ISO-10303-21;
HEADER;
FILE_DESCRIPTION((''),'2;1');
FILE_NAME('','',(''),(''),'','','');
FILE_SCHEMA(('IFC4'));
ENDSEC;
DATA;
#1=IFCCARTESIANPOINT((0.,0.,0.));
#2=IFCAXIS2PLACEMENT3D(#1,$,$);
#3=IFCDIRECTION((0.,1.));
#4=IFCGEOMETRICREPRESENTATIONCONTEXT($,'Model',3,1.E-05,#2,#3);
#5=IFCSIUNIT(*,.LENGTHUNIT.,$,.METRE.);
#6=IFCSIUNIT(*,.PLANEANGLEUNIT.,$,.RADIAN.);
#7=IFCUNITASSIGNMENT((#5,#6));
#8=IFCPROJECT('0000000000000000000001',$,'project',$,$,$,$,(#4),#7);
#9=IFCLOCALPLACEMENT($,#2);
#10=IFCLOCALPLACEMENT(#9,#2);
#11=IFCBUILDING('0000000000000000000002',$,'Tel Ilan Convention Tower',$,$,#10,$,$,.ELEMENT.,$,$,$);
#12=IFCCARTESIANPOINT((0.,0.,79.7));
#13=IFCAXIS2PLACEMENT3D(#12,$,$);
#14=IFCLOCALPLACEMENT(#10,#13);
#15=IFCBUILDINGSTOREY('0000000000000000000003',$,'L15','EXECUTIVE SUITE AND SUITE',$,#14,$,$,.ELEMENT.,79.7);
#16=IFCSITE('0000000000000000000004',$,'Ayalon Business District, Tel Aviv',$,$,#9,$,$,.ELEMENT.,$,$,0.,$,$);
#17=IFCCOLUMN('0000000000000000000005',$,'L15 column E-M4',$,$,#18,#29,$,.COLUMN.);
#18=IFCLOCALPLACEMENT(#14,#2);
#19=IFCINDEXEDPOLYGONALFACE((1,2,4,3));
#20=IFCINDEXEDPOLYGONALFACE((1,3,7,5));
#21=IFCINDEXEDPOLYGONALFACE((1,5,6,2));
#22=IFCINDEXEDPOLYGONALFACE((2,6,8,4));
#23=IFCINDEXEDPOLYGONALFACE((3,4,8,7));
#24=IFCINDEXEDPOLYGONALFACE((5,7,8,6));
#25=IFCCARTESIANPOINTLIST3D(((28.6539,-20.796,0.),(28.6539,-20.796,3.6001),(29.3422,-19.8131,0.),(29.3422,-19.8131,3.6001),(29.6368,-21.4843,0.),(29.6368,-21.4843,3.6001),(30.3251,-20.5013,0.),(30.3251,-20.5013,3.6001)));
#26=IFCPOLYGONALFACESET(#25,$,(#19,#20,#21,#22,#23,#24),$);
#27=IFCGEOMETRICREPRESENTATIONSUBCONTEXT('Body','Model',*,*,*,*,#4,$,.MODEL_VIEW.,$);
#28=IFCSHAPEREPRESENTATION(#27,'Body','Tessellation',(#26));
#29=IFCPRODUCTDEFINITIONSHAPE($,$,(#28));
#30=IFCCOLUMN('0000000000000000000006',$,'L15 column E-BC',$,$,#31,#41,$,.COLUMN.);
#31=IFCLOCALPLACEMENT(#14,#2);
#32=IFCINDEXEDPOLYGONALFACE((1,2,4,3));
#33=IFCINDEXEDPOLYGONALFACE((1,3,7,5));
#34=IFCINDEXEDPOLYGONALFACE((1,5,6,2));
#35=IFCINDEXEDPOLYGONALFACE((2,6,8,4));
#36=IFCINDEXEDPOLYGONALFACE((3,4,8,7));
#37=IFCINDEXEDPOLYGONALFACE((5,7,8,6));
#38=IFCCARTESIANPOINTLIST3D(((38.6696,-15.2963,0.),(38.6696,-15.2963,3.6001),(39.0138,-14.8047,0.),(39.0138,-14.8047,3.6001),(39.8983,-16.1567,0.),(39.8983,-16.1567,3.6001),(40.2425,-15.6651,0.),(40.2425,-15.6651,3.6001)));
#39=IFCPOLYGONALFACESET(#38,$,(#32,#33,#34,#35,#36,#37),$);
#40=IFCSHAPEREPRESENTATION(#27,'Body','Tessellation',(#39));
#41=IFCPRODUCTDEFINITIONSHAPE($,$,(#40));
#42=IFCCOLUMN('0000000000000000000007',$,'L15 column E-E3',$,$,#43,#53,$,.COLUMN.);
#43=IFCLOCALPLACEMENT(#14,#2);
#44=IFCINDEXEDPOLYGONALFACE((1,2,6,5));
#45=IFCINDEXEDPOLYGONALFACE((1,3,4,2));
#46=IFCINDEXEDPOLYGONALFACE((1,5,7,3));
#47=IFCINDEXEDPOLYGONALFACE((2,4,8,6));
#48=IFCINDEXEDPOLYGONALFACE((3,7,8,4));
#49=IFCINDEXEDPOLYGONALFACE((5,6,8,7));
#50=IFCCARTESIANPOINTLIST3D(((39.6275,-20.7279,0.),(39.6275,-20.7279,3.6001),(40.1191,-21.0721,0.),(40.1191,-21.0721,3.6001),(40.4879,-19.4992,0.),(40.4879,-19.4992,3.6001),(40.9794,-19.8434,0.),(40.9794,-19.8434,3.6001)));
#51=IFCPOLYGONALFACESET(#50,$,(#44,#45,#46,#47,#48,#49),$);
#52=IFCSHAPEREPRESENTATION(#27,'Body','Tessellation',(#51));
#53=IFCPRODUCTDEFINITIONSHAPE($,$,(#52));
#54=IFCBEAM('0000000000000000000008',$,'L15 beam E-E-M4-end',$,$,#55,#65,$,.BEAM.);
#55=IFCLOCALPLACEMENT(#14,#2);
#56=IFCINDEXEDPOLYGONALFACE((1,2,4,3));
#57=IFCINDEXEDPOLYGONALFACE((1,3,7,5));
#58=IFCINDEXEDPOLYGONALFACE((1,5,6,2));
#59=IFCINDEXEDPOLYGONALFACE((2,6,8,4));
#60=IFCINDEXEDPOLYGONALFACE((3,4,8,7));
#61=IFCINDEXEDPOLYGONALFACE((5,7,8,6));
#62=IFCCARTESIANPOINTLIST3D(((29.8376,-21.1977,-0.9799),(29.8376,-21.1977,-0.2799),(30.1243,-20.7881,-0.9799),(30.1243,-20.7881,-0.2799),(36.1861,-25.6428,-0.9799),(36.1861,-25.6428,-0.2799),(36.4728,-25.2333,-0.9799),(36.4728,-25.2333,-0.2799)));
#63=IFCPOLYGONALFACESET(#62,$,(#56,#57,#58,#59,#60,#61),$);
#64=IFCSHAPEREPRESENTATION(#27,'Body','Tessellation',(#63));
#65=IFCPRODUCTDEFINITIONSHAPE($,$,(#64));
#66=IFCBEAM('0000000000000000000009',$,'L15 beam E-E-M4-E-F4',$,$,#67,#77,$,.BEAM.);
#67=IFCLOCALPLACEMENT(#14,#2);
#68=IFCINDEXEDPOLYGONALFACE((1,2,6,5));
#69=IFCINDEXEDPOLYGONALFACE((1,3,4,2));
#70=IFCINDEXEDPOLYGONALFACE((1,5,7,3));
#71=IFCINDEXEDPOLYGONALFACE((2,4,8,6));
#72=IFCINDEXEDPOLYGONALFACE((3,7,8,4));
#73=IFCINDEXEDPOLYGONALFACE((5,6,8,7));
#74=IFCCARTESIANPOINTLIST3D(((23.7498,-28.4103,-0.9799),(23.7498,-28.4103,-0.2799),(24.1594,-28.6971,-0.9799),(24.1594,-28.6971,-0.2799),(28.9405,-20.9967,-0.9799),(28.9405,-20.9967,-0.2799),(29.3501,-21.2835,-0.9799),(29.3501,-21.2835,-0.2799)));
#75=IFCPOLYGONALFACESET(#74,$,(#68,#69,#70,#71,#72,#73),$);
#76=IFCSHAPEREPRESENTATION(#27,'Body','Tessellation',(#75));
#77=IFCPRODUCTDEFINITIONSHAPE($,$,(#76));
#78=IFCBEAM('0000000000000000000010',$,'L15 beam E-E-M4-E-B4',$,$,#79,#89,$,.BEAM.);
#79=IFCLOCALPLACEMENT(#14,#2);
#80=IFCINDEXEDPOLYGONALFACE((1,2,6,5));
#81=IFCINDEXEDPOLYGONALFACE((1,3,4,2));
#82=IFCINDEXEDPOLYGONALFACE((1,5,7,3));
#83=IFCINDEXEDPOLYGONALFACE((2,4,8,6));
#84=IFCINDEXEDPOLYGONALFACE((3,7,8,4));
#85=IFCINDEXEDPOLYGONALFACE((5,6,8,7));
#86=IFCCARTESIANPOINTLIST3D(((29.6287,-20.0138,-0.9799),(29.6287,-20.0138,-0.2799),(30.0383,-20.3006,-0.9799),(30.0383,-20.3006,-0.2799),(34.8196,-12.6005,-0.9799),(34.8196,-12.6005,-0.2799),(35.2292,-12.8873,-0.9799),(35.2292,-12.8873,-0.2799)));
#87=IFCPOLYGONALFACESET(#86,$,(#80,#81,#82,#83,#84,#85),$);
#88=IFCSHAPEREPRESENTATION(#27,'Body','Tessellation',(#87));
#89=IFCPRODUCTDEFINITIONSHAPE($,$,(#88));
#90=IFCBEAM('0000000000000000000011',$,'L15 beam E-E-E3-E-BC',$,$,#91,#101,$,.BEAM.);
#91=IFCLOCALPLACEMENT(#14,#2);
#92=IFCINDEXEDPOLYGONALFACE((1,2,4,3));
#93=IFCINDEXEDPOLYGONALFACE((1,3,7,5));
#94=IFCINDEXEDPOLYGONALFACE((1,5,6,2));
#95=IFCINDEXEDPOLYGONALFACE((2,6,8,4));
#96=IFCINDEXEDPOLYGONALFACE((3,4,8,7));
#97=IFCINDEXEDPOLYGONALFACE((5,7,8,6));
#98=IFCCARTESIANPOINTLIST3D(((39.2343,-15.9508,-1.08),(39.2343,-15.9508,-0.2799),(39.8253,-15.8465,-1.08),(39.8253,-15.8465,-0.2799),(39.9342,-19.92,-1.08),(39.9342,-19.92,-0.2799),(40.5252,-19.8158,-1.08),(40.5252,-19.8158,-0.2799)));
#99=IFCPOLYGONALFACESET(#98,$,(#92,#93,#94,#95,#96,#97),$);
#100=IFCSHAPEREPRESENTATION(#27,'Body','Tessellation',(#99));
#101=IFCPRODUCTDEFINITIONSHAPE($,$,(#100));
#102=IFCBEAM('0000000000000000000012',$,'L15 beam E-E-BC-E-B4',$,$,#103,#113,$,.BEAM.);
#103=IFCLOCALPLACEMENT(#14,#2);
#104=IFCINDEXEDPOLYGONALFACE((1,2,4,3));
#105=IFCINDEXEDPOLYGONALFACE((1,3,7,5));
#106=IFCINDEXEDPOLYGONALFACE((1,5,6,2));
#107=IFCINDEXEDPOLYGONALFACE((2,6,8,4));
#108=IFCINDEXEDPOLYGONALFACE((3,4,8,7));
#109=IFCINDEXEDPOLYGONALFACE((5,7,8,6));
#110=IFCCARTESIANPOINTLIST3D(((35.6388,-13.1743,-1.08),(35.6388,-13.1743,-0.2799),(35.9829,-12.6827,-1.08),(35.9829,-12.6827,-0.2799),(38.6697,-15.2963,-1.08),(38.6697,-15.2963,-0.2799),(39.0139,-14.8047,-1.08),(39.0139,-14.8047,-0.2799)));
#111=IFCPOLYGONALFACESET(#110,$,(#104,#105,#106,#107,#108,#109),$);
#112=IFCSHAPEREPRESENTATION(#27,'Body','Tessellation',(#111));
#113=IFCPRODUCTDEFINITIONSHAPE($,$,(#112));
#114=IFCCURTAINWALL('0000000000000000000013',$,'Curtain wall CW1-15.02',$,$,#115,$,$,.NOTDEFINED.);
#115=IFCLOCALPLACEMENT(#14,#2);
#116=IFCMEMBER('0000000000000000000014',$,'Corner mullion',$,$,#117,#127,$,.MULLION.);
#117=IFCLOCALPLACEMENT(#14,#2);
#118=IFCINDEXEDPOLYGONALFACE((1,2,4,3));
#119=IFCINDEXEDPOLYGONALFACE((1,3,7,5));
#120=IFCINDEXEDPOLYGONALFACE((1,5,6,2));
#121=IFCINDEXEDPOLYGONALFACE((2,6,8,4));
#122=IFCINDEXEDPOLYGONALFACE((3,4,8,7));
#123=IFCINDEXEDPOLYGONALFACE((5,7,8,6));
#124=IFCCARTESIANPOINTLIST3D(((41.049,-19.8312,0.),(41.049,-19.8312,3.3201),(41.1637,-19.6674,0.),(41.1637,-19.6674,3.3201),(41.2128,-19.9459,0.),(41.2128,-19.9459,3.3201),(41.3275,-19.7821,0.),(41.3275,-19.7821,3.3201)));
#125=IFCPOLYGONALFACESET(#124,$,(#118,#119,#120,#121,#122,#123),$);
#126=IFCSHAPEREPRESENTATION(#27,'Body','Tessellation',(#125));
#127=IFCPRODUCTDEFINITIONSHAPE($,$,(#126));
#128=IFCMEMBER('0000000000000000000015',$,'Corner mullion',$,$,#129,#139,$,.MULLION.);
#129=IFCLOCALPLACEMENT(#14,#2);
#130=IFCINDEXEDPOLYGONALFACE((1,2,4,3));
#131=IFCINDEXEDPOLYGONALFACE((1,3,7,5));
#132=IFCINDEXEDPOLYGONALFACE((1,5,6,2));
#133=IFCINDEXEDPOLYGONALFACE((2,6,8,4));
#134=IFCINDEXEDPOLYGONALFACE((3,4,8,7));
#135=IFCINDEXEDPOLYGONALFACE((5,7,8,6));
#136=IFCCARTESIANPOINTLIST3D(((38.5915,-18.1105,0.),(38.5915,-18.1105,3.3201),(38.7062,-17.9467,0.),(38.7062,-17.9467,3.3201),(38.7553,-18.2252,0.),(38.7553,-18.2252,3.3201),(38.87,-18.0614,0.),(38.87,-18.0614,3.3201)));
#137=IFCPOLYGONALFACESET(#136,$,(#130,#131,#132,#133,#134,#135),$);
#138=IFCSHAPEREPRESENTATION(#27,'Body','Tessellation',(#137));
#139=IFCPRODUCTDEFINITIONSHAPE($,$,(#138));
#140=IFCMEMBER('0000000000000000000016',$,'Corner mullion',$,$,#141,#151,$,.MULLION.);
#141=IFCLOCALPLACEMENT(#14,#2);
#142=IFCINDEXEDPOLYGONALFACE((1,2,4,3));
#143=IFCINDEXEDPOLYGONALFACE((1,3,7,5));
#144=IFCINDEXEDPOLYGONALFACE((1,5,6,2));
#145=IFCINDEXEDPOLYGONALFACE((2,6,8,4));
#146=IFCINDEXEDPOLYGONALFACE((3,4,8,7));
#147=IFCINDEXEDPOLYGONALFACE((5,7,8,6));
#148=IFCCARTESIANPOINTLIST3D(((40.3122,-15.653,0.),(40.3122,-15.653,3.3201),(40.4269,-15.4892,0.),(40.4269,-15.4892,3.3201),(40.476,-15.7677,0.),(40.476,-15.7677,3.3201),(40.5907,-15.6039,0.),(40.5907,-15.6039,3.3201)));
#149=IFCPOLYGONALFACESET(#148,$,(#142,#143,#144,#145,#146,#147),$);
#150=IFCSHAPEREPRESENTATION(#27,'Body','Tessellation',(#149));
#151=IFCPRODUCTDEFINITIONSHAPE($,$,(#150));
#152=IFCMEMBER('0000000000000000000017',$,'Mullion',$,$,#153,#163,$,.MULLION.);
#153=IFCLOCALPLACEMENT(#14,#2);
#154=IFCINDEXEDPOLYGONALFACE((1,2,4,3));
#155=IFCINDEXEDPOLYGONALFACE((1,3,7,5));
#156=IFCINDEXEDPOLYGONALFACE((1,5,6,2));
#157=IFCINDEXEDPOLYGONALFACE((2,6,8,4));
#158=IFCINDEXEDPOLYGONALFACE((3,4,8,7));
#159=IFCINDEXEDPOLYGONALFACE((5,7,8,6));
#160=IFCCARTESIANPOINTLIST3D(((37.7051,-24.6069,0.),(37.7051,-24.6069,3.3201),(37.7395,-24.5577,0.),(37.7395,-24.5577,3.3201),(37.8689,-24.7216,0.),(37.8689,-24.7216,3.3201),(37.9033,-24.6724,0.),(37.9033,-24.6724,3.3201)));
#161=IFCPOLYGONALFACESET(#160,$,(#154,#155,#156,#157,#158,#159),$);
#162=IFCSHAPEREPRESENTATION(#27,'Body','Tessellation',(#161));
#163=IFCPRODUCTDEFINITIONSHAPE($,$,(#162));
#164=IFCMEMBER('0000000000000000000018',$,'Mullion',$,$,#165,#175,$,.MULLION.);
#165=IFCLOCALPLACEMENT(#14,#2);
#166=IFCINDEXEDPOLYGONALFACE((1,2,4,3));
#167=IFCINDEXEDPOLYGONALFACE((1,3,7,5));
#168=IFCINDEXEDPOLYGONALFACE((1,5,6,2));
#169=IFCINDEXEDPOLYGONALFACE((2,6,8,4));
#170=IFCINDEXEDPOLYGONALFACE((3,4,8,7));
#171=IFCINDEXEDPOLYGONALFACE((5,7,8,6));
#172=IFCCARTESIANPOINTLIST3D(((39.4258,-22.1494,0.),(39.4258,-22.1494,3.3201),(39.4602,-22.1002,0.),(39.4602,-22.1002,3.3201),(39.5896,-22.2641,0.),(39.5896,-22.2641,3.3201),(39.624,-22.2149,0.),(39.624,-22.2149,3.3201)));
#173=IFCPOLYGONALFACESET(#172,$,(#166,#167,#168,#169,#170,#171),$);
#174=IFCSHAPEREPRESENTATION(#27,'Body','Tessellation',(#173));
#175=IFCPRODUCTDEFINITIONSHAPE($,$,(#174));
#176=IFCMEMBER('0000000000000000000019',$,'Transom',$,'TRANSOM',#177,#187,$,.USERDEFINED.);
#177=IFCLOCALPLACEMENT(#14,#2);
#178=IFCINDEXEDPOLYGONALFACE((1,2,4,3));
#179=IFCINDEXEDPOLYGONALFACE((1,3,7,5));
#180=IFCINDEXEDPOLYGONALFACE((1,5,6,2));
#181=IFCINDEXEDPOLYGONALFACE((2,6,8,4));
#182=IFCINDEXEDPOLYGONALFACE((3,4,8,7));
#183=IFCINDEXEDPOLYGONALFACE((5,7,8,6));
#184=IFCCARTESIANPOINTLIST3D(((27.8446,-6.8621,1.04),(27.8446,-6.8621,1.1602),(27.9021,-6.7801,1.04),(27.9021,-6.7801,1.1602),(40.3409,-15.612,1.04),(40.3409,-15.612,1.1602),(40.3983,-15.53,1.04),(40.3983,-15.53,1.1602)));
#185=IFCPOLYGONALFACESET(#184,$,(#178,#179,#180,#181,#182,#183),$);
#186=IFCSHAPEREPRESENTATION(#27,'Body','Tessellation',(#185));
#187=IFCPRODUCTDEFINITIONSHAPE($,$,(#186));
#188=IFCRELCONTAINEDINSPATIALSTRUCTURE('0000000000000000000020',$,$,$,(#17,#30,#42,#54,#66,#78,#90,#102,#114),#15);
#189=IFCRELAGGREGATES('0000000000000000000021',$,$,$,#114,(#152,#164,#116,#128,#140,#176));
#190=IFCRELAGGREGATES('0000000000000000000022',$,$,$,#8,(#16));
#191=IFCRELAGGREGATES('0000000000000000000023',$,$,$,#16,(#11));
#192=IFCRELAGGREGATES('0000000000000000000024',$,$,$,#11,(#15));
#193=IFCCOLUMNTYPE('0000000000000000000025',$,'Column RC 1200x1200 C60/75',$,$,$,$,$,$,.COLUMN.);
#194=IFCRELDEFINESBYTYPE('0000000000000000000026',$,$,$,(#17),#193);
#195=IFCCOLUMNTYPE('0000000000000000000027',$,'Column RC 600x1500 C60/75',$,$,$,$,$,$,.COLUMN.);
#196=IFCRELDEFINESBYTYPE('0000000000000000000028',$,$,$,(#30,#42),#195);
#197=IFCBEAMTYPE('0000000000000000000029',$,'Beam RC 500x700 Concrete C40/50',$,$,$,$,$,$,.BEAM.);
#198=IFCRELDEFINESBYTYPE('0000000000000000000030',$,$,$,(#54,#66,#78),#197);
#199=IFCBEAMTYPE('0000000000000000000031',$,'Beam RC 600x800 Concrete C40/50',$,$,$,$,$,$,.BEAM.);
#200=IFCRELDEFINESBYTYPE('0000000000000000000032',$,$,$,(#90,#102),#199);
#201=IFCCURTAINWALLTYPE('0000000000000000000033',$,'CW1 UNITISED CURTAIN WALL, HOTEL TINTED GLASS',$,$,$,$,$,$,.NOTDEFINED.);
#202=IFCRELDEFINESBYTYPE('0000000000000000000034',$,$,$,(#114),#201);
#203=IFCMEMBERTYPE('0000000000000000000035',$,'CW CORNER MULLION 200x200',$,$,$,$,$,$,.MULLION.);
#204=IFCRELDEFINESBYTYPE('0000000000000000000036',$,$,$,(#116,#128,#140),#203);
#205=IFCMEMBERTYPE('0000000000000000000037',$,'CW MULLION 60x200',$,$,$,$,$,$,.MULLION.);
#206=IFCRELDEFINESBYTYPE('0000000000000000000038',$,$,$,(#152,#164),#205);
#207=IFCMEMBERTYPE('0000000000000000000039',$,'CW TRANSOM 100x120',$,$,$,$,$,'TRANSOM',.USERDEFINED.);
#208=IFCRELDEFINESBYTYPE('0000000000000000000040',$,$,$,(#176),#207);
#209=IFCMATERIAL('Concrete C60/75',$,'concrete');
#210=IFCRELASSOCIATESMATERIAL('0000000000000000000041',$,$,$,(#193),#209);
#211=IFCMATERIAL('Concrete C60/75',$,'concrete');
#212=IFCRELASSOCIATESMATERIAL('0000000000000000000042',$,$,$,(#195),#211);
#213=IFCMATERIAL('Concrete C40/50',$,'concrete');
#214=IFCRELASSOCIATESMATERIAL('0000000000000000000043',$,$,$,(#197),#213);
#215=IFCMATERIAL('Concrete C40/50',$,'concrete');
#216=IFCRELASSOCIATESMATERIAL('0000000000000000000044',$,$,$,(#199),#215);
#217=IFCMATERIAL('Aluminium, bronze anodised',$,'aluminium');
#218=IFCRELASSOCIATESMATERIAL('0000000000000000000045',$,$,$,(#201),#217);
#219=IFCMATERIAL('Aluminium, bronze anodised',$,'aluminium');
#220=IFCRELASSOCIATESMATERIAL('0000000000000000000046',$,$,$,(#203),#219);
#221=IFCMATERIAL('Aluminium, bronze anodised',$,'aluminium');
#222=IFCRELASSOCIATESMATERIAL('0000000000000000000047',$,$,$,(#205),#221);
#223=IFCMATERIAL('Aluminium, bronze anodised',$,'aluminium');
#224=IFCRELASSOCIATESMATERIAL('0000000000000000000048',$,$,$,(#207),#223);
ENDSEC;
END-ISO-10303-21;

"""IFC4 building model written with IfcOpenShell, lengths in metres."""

from ifc_helpers import new_model, si_unit, direction, frame, origin, origin_2d, place, context, subcontext, project, spatial, rectangle, extrude, material, material_profile, profile_set, type_object, element, aggregate, save


model = new_model("IFC4")

# Units and contexts
model_context = context("Model", 3, precision=1e-05, world=origin(), true_north=direction((0.0, 1.0)))
body_context = subcontext(model_context, "Body", "Model", "MODEL_VIEW")
ifc_project = project(units=[si_unit("LENGTHUNIT", "METRE"), si_unit("PLANEANGLEUNIT", "RADIAN")], contexts=[model_context])

# Site, building, storey
site_placement = place(None, origin())
site = spatial("IfcSite", under=ifc_project, at=site_placement, Name="Ayalon Business District, Tel Aviv", CompositionType="ELEMENT", RefElevation=0.0)
building_placement = place(site_placement, origin())
building = spatial("IfcBuilding", under=site, at=building_placement, Name="Tel Ilan Convention Tower", CompositionType="ELEMENT")
storey_placement = place(building_placement, frame((0.0, 0.0, 79.7)))
storey = spatial("IfcBuildingStorey", under=building, at=storey_placement, Name="L15", Description="EXECUTIVE SUITE AND SUITE", CompositionType="ELEMENT", Elevation=79.7)

# Columns
ifc_material_1 = material(Name="Concrete C60/75", Category="concrete")
ifc_material_profile_1 = material_profile(ifc_material_1, rectangle(XDim=1.2, YDim=1.2, at=origin_2d()), Name="RC 1200x1200")
ifc_profile_set_1 = profile_set([ifc_material_profile_1], Name="Concrete C60/75")
column_type_1 = type_object("IfcColumnType", Name="Column RC 1200x1200 C60/75", PredefinedType="COLUMN", material=ifc_profile_set_1)
column_placement = place(storey_placement, frame((29.4895, -20.6487, 0.0), z_axis=(0.0, 0.0, 1.0), x_axis=(0.819152, -0.573576, 0.0)))
element("IfcColumn", 1, at=column_placement, inside=storey, type_object=column_type_1, Name="L15 column E-M4", PredefinedType="COLUMN", context=body_context, shape_type="SweptSolid", body=[
    extrude(rectangle(XDim=1.2, YDim=1.2, at=origin_2d()), origin(), (0.0, 0.0, 1.0), 3.6001),
])
ifc_material_2 = material(Name="Concrete C60/75", Category="concrete")
ifc_material_profile_2 = material_profile(ifc_material_2, rectangle(XDim=1.5, YDim=0.6001, at=origin_2d()), Name="RC 600x1500")
ifc_profile_set_2 = profile_set([ifc_material_profile_2], Name="Concrete C60/75")
column_type_2 = type_object("IfcColumnType", Name="Column RC 600x1500 C60/75", PredefinedType="COLUMN", material=ifc_profile_set_2)
for number, where, z_axis, x_axis, name in (
    (2, (39.4561, -15.4807, 0.0), (0.0, 0.0, 1.0), (0.819152, -0.573576, 0.0), "L15 column E-BC"),
    (3, (40.3035, -20.2856, 0.0), (0.0, 0.0, 1.0), (0.573576, 0.819152, 0.0), "L15 column E-E3"),
):
    element("IfcColumn", number, at=place(storey_placement, frame(where, z_axis=z_axis, x_axis=x_axis)), inside=storey, type_object=column_type_2, Name=name, PredefinedType="COLUMN", context=body_context, shape_type="SweptSolid", body=[
        extrude(rectangle(XDim=1.5, YDim=0.6001, at=origin_2d()), origin(), (0.0, 0.0, 1.0), 3.6001),
    ])

# Beams
ifc_material_3 = material(Name="Concrete C40/50", Category="concrete")
ifc_material_profile_3 = material_profile(ifc_material_3, rectangle(XDim=0.5, YDim=0.7, at=origin_2d()), Name="RC 500x700")
ifc_profile_set_3 = profile_set([ifc_material_profile_3], Name="Concrete C40/50")
beam_type_1 = type_object("IfcBeamType", Name="Beam RC 500x700 Concrete C40/50", PredefinedType="BEAM", material=ifc_profile_set_3)
beam_1_placement = place(storey_placement, frame((29.981, -20.9929, -0.6299), z_axis=(0.819159, -0.573566, 0.0), x_axis=(0.573566, 0.819159, 0.0)))
element("IfcBeam", 4, at=beam_1_placement, inside=storey, type_object=beam_type_1, Name="L15 beam E-E-M4-end", PredefinedType="BEAM", context=body_context, shape_type="SweptSolid", body=[
    extrude(rectangle(XDim=0.5, YDim=0.7, at=origin_2d()), origin(), (0.0, 0.0, 1.0), 7.75),
])
for number, where, z_axis, x_axis, name in (
    (5, (29.1453, -21.1401, -0.6299), (-0.573549, -0.819171, 0.0), (0.819171, -0.573549, 0.0), "L15 beam E-E-M4-E-F4"),
    (6, (29.8335, -20.1572, -0.6299), (0.57358, 0.81915, 0.0), (-0.81915, 0.57358, 0.0), "L15 beam E-E-M4-E-B4"),
):
    element("IfcBeam", number, at=place(storey_placement, frame(where, z_axis=z_axis, x_axis=x_axis)), inside=storey, type_object=beam_type_1, Name=name, PredefinedType="BEAM", context=body_context, shape_type="SweptSolid", body=[
        extrude(rectangle(XDim=0.5, YDim=0.7, at=origin_2d()), origin(), (0.0, 0.0, 1.0), 9.05),
    ])
ifc_material_4 = material(Name="Concrete C40/50", Category="concrete")
ifc_material_profile_4 = material_profile(ifc_material_4, rectangle(XDim=0.6001, YDim=0.8, at=origin_2d()), Name="RC 600x800")
ifc_profile_set_4 = profile_set([ifc_material_profile_4], Name="Concrete C40/50")
beam_type_2 = type_object("IfcBeamType", Name="Beam RC 600x800 Concrete C40/50", PredefinedType="BEAM", material=ifc_profile_set_4)
beam_2_placement = place(storey_placement, frame((40.2297, -19.8679, -0.6799), z_axis=(-0.173664, 0.984805, 0.0), x_axis=(-0.984805, -0.173664, 0.0)))
element("IfcBeam", 7, at=beam_2_placement, inside=storey, type_object=beam_type_2, Name="L15 beam E-E-E3-E-BC", PredefinedType="BEAM", context=body_context, shape_type="SweptSolid", body=[
    extrude(rectangle(XDim=0.6001, YDim=0.8, at=origin_2d()), origin(), (0.0, 0.0, 1.0), 4.0305),
])
beam_3_placement = place(storey_placement, frame((38.8418, -15.0505, -0.6799), z_axis=(-0.819185, 0.573529, 0.0), x_axis=(-0.573529, -0.819185, 0.0)))
element("IfcBeam", 8, at=beam_3_placement, inside=storey, type_object=beam_type_2, Name="L15 beam E-E-BC-E-B4", PredefinedType="BEAM", context=body_context, shape_type="SweptSolid", body=[
    extrude(rectangle(XDim=0.6001, YDim=0.8, at=origin_2d()), origin(), (0.0, 0.0, 1.0), 3.7),
])

# Curtain wall, members
ifc_material_5 = material(Name="Aluminium, bronze anodised", Category="aluminium")
curtain_wall_type = type_object("IfcCurtainWallType", Name="CW1 UNITISED CURTAIN WALL, HOTEL TINTED GLASS", PredefinedType="NOTDEFINED", material=ifc_material_5)
curtain_wall_placement = place(storey_placement, origin())
curtain_wall = element("IfcCurtainWall", 9, at=curtain_wall_placement, inside=storey, type_object=curtain_wall_type, Name="Curtain wall CW1-15.02", PredefinedType="NOTDEFINED")
ifc_material_6 = material(Name="Aluminium, bronze anodised", Category="aluminium")
ifc_material_profile_5 = material_profile(ifc_material_6, rectangle(XDim=0.2, YDim=0.2, at=origin_2d()), Name="CW CORNER MULLION 200x200")
ifc_profile_set_5 = profile_set([ifc_material_profile_5], Name="Aluminium, bronze anodised")
member_type_1 = type_object("IfcMemberType", Name="CW CORNER MULLION 200x200", PredefinedType="MULLION", material=ifc_profile_set_5)
member_1_placement = place(storey_placement, frame((41.1882, -19.8066, 0.0), z_axis=(0.0, 0.0, 1.0), x_axis=(0.573576, 0.819152, 0.0)))
member_1 = element("IfcMember", 10, at=member_1_placement, type_object=member_type_1, Name="Corner mullion", PredefinedType="MULLION", context=body_context, shape_type="SweptSolid", body=[
    extrude(rectangle(XDim=0.2, YDim=0.2, at=origin_2d()), origin(), (0.0, 0.0, 1.0), 3.3201),
])
member_2_placement = place(storey_placement, frame((38.7307, -18.0859, 0.0), z_axis=(0.0, 0.0, 1.0), x_axis=(-0.819152, 0.573576, 0.0)))
member_2 = element("IfcMember", 11, at=member_2_placement, type_object=member_type_1, Name="Corner mullion", PredefinedType="MULLION", context=body_context, shape_type="SweptSolid", body=[
    extrude(rectangle(XDim=0.2, YDim=0.2, at=origin_2d()), origin(), (0.0, 0.0, 1.0), 3.3201),
])
member_3_placement = place(storey_placement, frame((40.4514, -15.6284, 0.0), z_axis=(0.0, 0.0, 1.0), x_axis=(0.573576, 0.819152, 0.0)))
member_3 = element("IfcMember", 12, at=member_3_placement, type_object=member_type_1, Name="Corner mullion", PredefinedType="MULLION", context=body_context, shape_type="SweptSolid", body=[
    extrude(rectangle(XDim=0.2, YDim=0.2, at=origin_2d()), origin(), (0.0, 0.0, 1.0), 3.3201),
])
ifc_material_7 = material(Name="Aluminium, bronze anodised", Category="aluminium")
ifc_material_profile_6 = material_profile(ifc_material_7, rectangle(XDim=0.0601, YDim=0.2, at=origin_2d()), Name="CW MULLION 60x200")
ifc_profile_set_6 = profile_set([ifc_material_profile_6], Name="Aluminium, bronze anodised")
member_type_2 = type_object("IfcMemberType", Name="CW MULLION 60x200", PredefinedType="MULLION", material=ifc_profile_set_6)
member_4_placement = place(storey_placement, frame((37.8042, -24.6396, 0.0), z_axis=(0.0, 0.0, 1.0), x_axis=(0.573576, 0.819152, 0.0)))
member_4 = element("IfcMember", 13, at=member_4_placement, type_object=member_type_2, Name="Mullion", PredefinedType="MULLION", context=body_context, shape_type="SweptSolid", body=[
    extrude(rectangle(XDim=0.0601, YDim=0.2, at=origin_2d()), origin(), (0.0, 0.0, 1.0), 3.3201),
])
member_5_placement = place(storey_placement, frame((39.5249, -22.1821, 0.0), z_axis=(0.0, 0.0, 1.0), x_axis=(0.573576, 0.819152, 0.0)))
member_5 = element("IfcMember", 14, at=member_5_placement, type_object=member_type_2, Name="Mullion", PredefinedType="MULLION", context=body_context, shape_type="SweptSolid", body=[
    extrude(rectangle(XDim=0.0601, YDim=0.2, at=origin_2d()), origin(), (0.0, 0.0, 1.0), 3.3201),
])
ifc_material_8 = material(Name="Aluminium, bronze anodised", Category="aluminium")
ifc_material_profile_7 = material_profile(ifc_material_8, rectangle(XDim=0.1001, YDim=0.1201, at=origin_2d()), Name="CW TRANSOM 100x120")
ifc_profile_set_7 = profile_set([ifc_material_profile_7], Name="Aluminium, bronze anodised")
member_type_3 = type_object("IfcMemberType", Name="CW TRANSOM 100x120", ElementType="TRANSOM", PredefinedType="USERDEFINED", material=ifc_profile_set_7)
member_6_placement = place(storey_placement, frame((40.3696, -15.571, 1.1001), z_axis=(-0.819153, 0.573575, 0.0), x_axis=(-0.573575, -0.819153, 0.0)))
member_6 = element("IfcMember", 15, at=member_6_placement, type_object=member_type_3, Name="Transom", ObjectType="TRANSOM", PredefinedType="USERDEFINED", context=body_context, shape_type="SweptSolid", body=[
    extrude(rectangle(XDim=0.1001, YDim=0.1201, at=origin_2d()), origin(), (0.0, 0.0, 1.0), 15.2551),
])
aggregate(curtain_wall, [member_4, member_5, member_1, member_2, member_3, member_6])

save(model, "model.ifc")
